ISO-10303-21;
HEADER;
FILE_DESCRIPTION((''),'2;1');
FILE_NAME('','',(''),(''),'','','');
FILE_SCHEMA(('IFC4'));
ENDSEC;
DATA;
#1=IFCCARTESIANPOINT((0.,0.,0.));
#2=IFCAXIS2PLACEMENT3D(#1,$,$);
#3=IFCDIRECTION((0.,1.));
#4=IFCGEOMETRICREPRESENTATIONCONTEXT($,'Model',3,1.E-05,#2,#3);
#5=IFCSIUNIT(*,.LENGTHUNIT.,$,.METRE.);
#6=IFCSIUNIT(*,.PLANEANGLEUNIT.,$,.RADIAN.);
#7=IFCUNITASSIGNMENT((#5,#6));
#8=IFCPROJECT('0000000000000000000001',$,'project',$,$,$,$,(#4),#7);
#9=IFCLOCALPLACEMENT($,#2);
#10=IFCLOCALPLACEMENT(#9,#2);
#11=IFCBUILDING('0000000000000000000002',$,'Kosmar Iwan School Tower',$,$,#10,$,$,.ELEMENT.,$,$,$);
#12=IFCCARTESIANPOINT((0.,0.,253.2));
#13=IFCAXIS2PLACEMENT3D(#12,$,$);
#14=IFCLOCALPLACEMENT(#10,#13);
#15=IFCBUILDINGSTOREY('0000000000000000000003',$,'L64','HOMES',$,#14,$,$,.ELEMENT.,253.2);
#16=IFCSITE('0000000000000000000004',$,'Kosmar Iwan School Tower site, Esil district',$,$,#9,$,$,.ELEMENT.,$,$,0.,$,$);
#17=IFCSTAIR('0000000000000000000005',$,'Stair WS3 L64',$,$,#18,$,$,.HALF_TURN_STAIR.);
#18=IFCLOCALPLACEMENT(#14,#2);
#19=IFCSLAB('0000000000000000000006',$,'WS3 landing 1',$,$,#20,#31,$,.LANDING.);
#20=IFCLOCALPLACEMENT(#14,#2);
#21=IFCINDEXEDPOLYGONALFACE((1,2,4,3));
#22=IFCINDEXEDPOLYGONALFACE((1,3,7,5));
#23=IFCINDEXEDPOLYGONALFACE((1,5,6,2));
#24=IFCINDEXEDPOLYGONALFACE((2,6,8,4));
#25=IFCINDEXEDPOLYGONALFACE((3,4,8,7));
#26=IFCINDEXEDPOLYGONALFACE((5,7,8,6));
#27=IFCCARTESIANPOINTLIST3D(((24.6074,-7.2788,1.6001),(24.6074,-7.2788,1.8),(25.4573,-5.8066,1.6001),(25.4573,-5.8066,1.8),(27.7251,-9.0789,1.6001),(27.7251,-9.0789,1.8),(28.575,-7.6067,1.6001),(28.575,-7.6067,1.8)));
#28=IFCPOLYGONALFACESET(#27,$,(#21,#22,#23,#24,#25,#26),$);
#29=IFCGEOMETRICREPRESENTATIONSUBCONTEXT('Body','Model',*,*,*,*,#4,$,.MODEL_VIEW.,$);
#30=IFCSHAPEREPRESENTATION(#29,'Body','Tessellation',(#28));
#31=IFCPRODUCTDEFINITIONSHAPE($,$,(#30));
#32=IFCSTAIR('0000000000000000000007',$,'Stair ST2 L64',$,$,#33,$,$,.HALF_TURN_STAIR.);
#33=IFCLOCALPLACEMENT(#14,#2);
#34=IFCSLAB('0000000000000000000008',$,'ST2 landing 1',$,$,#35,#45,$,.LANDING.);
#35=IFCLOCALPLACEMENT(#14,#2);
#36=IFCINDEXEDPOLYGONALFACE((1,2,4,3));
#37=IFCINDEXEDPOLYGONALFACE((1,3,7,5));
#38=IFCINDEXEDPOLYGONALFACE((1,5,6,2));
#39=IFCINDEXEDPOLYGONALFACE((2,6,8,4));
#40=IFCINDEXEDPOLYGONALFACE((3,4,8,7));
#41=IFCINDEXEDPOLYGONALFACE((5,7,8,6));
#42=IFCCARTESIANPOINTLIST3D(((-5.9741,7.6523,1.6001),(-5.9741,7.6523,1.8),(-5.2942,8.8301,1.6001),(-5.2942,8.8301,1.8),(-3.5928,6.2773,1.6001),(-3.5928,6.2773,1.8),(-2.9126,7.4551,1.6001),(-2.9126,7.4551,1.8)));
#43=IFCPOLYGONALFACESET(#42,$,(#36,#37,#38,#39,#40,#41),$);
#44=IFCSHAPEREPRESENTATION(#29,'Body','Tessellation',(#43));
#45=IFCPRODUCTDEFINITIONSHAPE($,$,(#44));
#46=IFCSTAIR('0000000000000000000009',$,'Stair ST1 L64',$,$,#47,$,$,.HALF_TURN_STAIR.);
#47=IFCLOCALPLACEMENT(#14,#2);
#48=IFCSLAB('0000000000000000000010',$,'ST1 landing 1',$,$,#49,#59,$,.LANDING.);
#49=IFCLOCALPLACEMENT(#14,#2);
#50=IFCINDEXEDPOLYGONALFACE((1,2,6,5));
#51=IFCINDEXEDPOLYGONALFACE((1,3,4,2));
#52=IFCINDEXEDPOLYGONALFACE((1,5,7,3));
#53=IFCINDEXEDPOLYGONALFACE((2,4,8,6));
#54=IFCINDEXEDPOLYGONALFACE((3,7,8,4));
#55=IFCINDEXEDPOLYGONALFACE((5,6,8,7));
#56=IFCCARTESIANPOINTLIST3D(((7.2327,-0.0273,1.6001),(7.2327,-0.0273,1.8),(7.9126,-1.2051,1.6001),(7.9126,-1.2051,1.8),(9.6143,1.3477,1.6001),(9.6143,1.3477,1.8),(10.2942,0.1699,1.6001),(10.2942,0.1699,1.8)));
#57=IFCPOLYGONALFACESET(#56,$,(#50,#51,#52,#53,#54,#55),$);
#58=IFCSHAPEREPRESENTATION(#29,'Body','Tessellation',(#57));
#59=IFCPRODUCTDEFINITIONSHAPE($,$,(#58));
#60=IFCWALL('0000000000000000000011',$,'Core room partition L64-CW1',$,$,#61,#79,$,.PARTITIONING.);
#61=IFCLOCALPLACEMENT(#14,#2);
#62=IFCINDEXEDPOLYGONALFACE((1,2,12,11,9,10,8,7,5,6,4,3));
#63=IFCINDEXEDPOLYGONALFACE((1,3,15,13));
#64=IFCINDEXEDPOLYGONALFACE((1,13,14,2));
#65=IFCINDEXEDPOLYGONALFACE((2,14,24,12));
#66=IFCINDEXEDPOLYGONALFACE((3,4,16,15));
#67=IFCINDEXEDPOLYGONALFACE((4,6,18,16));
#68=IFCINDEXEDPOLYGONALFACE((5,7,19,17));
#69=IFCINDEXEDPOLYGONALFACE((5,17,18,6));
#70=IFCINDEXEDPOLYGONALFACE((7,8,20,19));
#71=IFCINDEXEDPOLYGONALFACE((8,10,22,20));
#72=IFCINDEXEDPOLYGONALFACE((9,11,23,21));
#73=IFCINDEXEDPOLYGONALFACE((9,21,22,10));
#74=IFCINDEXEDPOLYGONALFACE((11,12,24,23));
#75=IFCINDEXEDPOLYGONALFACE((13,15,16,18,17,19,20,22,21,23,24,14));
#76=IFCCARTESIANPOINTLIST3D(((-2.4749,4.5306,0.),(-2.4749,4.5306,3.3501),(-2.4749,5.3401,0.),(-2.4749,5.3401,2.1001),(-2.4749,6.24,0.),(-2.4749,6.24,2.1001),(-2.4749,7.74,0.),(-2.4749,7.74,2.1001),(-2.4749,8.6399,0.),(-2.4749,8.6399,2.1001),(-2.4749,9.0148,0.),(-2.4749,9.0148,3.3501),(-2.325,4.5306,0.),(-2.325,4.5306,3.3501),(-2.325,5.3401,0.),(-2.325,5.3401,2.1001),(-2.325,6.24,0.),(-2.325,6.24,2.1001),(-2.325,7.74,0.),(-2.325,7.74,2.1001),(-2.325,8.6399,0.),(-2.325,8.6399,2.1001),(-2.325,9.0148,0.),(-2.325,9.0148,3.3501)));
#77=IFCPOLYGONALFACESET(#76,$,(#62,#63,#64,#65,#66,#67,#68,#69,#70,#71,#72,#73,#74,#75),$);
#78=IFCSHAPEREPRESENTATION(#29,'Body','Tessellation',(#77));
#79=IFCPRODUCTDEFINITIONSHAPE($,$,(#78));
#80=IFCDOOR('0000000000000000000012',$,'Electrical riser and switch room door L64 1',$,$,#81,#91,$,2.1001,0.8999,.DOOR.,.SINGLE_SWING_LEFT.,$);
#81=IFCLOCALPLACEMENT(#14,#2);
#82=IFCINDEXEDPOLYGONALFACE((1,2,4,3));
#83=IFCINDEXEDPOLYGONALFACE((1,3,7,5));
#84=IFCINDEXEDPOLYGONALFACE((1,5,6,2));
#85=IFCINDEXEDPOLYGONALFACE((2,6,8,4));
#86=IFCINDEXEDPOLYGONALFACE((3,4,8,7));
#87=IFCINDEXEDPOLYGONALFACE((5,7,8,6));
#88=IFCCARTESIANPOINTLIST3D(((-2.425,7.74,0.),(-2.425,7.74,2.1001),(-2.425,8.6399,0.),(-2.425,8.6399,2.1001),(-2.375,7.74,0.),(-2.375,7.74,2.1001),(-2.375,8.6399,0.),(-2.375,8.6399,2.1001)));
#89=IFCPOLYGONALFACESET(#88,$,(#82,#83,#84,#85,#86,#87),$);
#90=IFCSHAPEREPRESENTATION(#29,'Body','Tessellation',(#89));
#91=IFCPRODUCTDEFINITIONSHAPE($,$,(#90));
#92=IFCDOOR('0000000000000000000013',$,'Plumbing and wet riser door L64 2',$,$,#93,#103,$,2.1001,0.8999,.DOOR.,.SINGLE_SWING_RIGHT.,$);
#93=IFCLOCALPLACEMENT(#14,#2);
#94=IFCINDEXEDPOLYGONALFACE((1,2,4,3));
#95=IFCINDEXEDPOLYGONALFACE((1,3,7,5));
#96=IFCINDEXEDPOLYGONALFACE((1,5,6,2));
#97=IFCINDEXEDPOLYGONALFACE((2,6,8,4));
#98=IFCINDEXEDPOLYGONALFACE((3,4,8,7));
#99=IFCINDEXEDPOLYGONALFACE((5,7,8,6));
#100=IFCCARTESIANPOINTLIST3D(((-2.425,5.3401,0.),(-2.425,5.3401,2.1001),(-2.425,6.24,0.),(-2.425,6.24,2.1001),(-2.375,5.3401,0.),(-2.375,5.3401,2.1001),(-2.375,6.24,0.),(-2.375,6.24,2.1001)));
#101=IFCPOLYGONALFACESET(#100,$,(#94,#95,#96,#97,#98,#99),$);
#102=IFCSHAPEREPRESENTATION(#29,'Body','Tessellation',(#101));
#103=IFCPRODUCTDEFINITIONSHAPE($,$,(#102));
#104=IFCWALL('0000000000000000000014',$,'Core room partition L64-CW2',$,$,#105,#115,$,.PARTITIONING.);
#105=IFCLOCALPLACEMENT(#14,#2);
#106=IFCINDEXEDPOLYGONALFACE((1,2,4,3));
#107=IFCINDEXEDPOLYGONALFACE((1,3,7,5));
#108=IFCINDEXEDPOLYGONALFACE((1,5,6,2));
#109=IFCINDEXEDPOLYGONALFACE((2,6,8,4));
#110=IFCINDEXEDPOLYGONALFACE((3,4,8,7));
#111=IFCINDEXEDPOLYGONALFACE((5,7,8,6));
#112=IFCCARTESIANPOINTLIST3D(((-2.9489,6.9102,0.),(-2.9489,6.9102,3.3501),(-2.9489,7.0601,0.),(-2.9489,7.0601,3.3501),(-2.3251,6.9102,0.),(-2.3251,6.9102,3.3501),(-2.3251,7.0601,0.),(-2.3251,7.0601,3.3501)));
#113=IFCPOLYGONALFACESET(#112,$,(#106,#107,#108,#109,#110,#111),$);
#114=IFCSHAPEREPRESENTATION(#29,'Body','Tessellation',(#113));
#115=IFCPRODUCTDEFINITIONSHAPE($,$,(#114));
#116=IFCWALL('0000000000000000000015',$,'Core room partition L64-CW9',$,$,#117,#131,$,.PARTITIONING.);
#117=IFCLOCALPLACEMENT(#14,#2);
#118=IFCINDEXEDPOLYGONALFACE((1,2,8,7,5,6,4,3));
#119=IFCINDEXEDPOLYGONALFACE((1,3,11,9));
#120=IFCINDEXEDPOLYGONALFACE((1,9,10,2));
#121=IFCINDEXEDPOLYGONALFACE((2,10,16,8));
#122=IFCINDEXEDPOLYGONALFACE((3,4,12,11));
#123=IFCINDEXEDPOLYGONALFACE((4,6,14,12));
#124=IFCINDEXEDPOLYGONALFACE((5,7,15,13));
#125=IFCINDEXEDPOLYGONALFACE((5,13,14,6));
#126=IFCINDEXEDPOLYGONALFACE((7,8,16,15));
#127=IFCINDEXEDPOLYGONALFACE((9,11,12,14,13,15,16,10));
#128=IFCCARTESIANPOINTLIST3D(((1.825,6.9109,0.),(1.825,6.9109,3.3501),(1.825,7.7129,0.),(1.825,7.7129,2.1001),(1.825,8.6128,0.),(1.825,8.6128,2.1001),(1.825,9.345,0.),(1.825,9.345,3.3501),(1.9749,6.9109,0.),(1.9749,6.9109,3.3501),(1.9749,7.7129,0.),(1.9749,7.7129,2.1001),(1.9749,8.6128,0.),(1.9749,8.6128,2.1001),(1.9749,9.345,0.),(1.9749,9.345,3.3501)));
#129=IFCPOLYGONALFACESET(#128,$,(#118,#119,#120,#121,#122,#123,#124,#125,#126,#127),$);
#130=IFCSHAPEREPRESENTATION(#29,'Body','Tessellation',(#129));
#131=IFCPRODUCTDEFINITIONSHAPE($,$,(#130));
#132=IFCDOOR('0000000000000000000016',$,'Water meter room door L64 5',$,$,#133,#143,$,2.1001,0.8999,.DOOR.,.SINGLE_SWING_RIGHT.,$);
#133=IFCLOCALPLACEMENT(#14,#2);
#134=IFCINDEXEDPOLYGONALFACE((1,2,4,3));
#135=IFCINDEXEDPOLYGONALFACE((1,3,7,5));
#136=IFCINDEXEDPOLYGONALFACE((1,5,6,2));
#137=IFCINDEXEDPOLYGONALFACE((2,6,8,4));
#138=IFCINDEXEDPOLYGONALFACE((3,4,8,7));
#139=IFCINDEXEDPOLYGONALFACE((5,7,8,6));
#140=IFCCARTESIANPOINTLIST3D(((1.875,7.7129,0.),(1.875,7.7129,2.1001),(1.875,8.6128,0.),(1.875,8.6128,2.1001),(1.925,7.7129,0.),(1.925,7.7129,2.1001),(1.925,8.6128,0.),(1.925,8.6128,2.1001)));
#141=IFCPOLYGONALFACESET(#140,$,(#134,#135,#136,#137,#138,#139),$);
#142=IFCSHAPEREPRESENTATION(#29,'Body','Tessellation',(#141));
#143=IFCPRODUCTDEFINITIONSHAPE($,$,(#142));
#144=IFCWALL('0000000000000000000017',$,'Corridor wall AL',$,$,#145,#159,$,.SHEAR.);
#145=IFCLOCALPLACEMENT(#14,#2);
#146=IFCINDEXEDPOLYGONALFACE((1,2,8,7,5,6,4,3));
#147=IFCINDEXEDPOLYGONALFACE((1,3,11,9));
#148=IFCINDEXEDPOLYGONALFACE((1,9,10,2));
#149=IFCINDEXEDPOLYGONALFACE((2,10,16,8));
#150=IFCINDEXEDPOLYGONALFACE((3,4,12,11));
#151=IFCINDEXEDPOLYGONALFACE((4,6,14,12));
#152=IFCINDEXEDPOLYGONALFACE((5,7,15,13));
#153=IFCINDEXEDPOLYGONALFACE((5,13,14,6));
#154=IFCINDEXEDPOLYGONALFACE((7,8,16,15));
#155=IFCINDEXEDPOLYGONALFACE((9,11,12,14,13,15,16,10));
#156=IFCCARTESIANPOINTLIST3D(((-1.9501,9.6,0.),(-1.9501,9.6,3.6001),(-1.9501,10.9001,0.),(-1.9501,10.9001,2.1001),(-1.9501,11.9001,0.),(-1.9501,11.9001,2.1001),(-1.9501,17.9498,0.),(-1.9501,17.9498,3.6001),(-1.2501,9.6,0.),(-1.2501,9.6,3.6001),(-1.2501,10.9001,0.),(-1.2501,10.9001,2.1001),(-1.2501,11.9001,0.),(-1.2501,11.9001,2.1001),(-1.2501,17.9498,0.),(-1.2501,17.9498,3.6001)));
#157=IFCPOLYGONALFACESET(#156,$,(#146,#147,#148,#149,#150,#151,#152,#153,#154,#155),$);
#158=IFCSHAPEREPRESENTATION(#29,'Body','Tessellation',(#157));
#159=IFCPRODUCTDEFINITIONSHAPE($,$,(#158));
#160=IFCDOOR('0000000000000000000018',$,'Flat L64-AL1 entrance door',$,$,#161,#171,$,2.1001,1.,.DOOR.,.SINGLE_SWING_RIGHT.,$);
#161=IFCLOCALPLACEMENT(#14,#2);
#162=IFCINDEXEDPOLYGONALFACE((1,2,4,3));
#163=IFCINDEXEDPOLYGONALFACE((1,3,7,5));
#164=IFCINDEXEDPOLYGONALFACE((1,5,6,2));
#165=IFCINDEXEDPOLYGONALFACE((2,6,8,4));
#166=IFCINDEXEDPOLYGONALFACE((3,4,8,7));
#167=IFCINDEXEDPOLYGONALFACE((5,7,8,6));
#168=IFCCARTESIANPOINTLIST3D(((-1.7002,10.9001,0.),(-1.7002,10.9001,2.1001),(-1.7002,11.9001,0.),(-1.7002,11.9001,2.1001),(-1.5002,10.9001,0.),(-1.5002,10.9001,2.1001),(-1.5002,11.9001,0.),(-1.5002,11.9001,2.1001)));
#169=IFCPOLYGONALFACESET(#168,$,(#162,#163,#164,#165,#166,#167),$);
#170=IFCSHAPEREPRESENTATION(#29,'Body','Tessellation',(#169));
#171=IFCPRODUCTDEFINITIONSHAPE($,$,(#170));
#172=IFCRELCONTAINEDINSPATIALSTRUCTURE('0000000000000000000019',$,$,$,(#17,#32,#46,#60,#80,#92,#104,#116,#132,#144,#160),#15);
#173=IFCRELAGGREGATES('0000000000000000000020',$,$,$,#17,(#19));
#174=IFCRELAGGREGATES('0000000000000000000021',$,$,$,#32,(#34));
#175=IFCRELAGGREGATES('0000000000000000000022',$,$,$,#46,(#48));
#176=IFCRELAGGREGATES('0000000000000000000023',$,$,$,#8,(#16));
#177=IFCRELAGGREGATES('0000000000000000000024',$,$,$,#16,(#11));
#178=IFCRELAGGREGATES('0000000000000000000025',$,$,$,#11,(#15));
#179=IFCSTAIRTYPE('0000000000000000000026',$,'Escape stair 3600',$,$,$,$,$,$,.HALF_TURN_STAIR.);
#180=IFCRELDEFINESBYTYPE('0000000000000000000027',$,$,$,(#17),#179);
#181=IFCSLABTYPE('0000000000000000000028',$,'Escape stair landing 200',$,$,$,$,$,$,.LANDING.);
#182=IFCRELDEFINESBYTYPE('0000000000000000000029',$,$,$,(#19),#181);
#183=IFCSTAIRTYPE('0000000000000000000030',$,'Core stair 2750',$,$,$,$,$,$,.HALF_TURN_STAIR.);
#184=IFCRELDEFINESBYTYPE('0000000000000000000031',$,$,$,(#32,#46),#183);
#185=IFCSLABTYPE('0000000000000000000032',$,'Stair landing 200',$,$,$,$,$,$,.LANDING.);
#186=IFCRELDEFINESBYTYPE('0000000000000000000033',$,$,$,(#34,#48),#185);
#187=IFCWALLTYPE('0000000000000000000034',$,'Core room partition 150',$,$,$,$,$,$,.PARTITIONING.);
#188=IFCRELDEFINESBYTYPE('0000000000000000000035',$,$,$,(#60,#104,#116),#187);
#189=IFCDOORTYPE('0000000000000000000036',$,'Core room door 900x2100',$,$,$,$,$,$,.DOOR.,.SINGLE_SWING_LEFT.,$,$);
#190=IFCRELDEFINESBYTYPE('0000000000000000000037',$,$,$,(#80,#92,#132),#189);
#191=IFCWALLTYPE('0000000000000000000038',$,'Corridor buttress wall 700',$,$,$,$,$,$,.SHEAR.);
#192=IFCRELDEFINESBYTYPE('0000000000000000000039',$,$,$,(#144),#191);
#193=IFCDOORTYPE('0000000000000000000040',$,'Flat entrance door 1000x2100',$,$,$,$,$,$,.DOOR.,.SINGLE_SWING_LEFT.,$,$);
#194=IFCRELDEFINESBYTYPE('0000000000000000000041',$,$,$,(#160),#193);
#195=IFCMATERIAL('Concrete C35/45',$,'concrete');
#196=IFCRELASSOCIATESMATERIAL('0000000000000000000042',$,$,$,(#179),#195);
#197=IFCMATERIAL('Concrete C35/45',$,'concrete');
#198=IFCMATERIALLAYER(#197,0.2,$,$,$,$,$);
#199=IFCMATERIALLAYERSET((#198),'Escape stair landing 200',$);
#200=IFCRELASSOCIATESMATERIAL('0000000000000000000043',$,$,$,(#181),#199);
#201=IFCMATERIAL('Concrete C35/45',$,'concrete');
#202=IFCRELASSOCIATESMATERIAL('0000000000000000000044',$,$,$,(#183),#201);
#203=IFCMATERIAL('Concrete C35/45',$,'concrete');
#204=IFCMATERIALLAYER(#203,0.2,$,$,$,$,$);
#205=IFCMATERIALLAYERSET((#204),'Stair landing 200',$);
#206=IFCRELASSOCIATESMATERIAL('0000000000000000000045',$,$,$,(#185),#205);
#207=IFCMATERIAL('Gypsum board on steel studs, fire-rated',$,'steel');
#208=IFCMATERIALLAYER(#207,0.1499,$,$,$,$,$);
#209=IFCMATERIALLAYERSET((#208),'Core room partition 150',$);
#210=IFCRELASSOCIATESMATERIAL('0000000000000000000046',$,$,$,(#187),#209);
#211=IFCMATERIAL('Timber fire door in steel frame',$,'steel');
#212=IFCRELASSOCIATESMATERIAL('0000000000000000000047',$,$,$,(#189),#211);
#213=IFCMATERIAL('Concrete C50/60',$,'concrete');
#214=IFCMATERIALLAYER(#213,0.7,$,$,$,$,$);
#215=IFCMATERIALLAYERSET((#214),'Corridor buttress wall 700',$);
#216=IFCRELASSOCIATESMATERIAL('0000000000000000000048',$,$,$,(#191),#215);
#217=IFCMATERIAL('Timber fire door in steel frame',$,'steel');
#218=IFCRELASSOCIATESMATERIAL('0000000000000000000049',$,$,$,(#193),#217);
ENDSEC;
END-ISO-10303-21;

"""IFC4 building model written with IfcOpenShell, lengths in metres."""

from ifc_helpers import new_model, si_unit, direction, frame, frame_2d, origin, place, context, subcontext, project, spatial, polyline, rectangle, outline, extrude, material, layer, layer_set, type_object, element, fill, aggregate, save


model = new_model("IFC4")

# Units and contexts
model_context = context("Model", 3, precision=1e-05, world=origin(), true_north=direction((0.0, 1.0)))
body_context = subcontext(model_context, "Body", "Model", "MODEL_VIEW")
ifc_project = project(units=[si_unit("LENGTHUNIT", "METRE"), si_unit("PLANEANGLEUNIT", "RADIAN")], contexts=[model_context])

# Site, building, storey
site_placement = place(None, origin())
site = spatial("IfcSite", under=ifc_project, at=site_placement, Name="Kosmar Iwan School Tower site, Esil district", CompositionType="ELEMENT", RefElevation=0.0)
building_placement = place(site_placement, origin())
building = spatial("IfcBuilding", under=site, at=building_placement, Name="Kosmar Iwan School Tower", CompositionType="ELEMENT")
storey_placement = place(building_placement, frame((0.0, 0.0, 253.2)))
storey = spatial("IfcBuildingStorey", under=building, at=storey_placement, Name="L64", Description="HOMES", CompositionType="ELEMENT", Elevation=253.2)

# Stairs, slabs
ifc_material_1 = material(Name="Concrete C35/45", Category="concrete")
stair_type_1 = type_object("IfcStairType", Name="Escape stair 3600", PredefinedType="HALF_TURN_STAIR", material=ifc_material_1)
stair_1_placement = place(storey_placement, origin())
stair_1 = element("IfcStair", 1, at=stair_1_placement, inside=storey, type_object=stair_type_1, Name="Stair WS3 L64", PredefinedType="HALF_TURN_STAIR")
ifc_material_2 = material(Name="Concrete C35/45", Category="concrete")
ifc_layer_1 = layer(ifc_material_2, 0.2)
ifc_layer_set_1 = layer_set([ifc_layer_1], Name="Escape stair landing 200")
slab_type_1 = type_object("IfcSlabType", Name="Escape stair landing 200", PredefinedType="LANDING", material=ifc_layer_set_1)
slab_1_placement = place(storey_placement, frame((0.0, 0.0, 1.6001)))
slab_1 = element("IfcSlab", 2, at=slab_1_placement, type_object=slab_type_1, Name="WS3 landing 1", PredefinedType="LANDING", context=body_context, shape_type="SweptSolid", body=[
    extrude(outline(polyline([(24.6074, -7.2788), (27.7251, -9.0789), (28.575, -7.6067), (25.4573, -5.8066), (24.6074, -7.2788)])), origin(), (0.0, 0.0, 1.0), 0.2),
])
aggregate(stair_1, [slab_1])
ifc_material_3 = material(Name="Concrete C35/45", Category="concrete")
stair_type_2 = type_object("IfcStairType", Name="Core stair 2750", PredefinedType="HALF_TURN_STAIR", material=ifc_material_3)
stair_2_placement = place(storey_placement, origin())
stair_2 = element("IfcStair", 3, at=stair_2_placement, inside=storey, type_object=stair_type_2, Name="Stair ST2 L64", PredefinedType="HALF_TURN_STAIR")
ifc_material_4 = material(Name="Concrete C35/45", Category="concrete")
ifc_layer_2 = layer(ifc_material_4, 0.2)
ifc_layer_set_2 = layer_set([ifc_layer_2], Name="Stair landing 200")
slab_type_2 = type_object("IfcSlabType", Name="Stair landing 200", PredefinedType="LANDING", material=ifc_layer_set_2)
slab_2_placement = place(storey_placement, frame((0.0, 0.0, 1.6001)))
slab_2 = element("IfcSlab", 4, at=slab_2_placement, type_object=slab_type_2, Name="ST2 landing 1", PredefinedType="LANDING", context=body_context, shape_type="SweptSolid", body=[
    extrude(outline(polyline([(-2.9126, 7.4551), (-5.2942, 8.8301), (-5.9741, 7.6523), (-3.5928, 6.2773), (-2.9126, 7.4551)])), origin(), (0.0, 0.0, 1.0), 0.2),
])
aggregate(stair_2, [slab_2])
stair_3_placement = place(storey_placement, origin())
stair_3 = element("IfcStair", 5, at=stair_3_placement, inside=storey, type_object=stair_type_2, Name="Stair ST1 L64", PredefinedType="HALF_TURN_STAIR")
slab_3_placement = place(storey_placement, frame((0.0, 0.0, 1.6001)))
slab_3 = element("IfcSlab", 6, at=slab_3_placement, type_object=slab_type_2, Name="ST1 landing 1", PredefinedType="LANDING", context=body_context, shape_type="SweptSolid", body=[
    extrude(outline(polyline([(7.9126, -1.2051), (10.2942, 0.1699), (9.6143, 1.3477), (7.2327, -0.0273), (7.9126, -1.2051)])), origin(), (0.0, 0.0, 1.0), 0.2),
])
aggregate(stair_3, [slab_3])

# Wall, openings, doors
ifc_material_5 = material(Name="Gypsum board on steel studs, fire-rated", Category="steel")
ifc_layer_3 = layer(ifc_material_5, 0.1499)
ifc_layer_set_3 = layer_set([ifc_layer_3], Name="Core room partition 150")
wall_type_1 = type_object("IfcWallType", Name="Core room partition 150", PredefinedType="PARTITIONING", material=ifc_layer_set_3)
wall_1_placement = place(storey_placement, frame((-2.3999, 9.0149, 0.0), z_axis=(0.0, 0.0, 1.0), x_axis=(0.0, -1.0, 0.0)))
wall_1 = element("IfcWall", 7, at=wall_1_placement, inside=storey, type_object=wall_type_1, Name="Core room partition L64-CW1", PredefinedType="PARTITIONING", context=body_context, shape_type="SweptSolid", body=[
    extrude(rectangle(XDim=4.4841, YDim=0.1499, at=frame_2d((2.2422, 0.0))), origin(), (0.0, 0.0, 1.0), 3.3501),
])
opening_1_placement = place(wall_1_placement, frame((0.375, 0.0, 0.0)))
opening_1 = element("IfcOpeningElement", 8, at=opening_1_placement, cuts=wall_1, PredefinedType="OPENING", context=body_context, shape_type="SweptSolid", body=[
    extrude(rectangle(XDim=0.8999, YDim=2.1001, at=frame_2d((0.45, 1.05))), frame((0.0, 0.0869, 0.0), z_axis=(0.0, -1.0, 0.0), x_axis=(1.0, 0.0, 0.0)), (0.0, 0.0, 1.0), 0.1738),
])
opening_2_placement = place(wall_1_placement, frame((2.7749, 0.0, 0.0)))
opening_2 = element("IfcOpeningElement", 9, at=opening_2_placement, cuts=wall_1, PredefinedType="OPENING", context=body_context, shape_type="SweptSolid", body=[
    extrude(rectangle(XDim=0.8999, YDim=2.1001, at=frame_2d((0.45, 1.05))), frame((0.0, 0.0869, 0.0), z_axis=(0.0, -1.0, 0.0), x_axis=(1.0, 0.0, 0.0)), (0.0, 0.0, 1.0), 0.1738),
])
ifc_material_6 = material(Name="Timber fire door in steel frame", Category="steel")
door_type_1 = type_object("IfcDoorType", Name="Core room door 900x2100", OperationType="SINGLE_SWING_LEFT", PredefinedType="DOOR", material=ifc_material_6)
door_1_placement = place(opening_1_placement, origin())
door_1 = element("IfcDoor", 10, at=door_1_placement, inside=storey, type_object=door_type_1, Name="Electrical riser and switch room door L64 1", OperationType="SINGLE_SWING_LEFT", OverallHeight=2.1001, OverallWidth=0.8999, PredefinedType="DOOR", context=body_context, shape_type="SweptSolid", body=[
    extrude(rectangle(XDim=0.8999, YDim=2.1001, at=frame_2d((0.45, 1.05))), frame((0.0, 0.0249, 0.0), z_axis=(0.0, -1.0, 0.0), x_axis=(1.0, 0.0, 0.0)), (0.0, 0.0, 1.0), 0.05),
])
fill(opening_1, door_1)
door_2_placement = place(opening_2_placement, origin())
door_2 = element("IfcDoor", 11, at=door_2_placement, inside=storey, type_object=door_type_1, Name="Plumbing and wet riser door L64 2", OperationType="SINGLE_SWING_RIGHT", OverallHeight=2.1001, OverallWidth=0.8999, PredefinedType="DOOR", context=body_context, shape_type="SweptSolid", body=[
    extrude(rectangle(XDim=0.8999, YDim=2.1001, at=frame_2d((0.45, 1.05))), frame((0.0, 0.0249, 0.0), z_axis=(0.0, -1.0, 0.0), x_axis=(1.0, 0.0, 0.0)), (0.0, 0.0, 1.0), 0.05),
])
fill(opening_2, door_2)

# Wall
wall_2_placement = place(storey_placement, frame((-2.325, 6.9851, 0.0), z_axis=(0.0, 0.0, 1.0), x_axis=(-1.0, 0.0, 0.0)))
element("IfcWall", 12, at=wall_2_placement, inside=storey, type_object=wall_type_1, Name="Core room partition L64-CW2", PredefinedType="PARTITIONING", context=body_context, shape_type="SweptSolid", body=[
    extrude(rectangle(XDim=0.6238, YDim=0.1499, at=frame_2d((0.312, 0.0))), origin(), (0.0, 0.0, 1.0), 3.3501),
])

# Walls, openings, doors
wall_3_placement = place(storey_placement, frame((1.8999, 6.9109, 0.0), z_axis=(0.0, 0.0, 1.0), x_axis=(0.0, 1.0, 0.0)))
wall_3 = element("IfcWall", 13, at=wall_3_placement, inside=storey, type_object=wall_type_1, Name="Core room partition L64-CW9", PredefinedType="PARTITIONING", context=body_context, shape_type="SweptSolid", body=[
    extrude(rectangle(XDim=2.4341, YDim=0.1499, at=frame_2d((1.217, 0.0))), origin(), (0.0, 0.0, 1.0), 3.3501),
])
opening_3_placement = place(wall_3_placement, frame((0.802, 0.0, 0.0)))
opening_3 = element("IfcOpeningElement", 14, at=opening_3_placement, cuts=wall_3, PredefinedType="OPENING", context=body_context, shape_type="SweptSolid", body=[
    extrude(rectangle(XDim=0.8999, YDim=2.1001, at=frame_2d((0.45, 1.05))), frame((0.0, 0.0869, 0.0), z_axis=(0.0, -1.0, 0.0), x_axis=(1.0, 0.0, 0.0)), (0.0, 0.0, 1.0), 0.1738),
])
door_3_placement = place(opening_3_placement, origin())
door_3 = element("IfcDoor", 15, at=door_3_placement, inside=storey, type_object=door_type_1, Name="Water meter room door L64 5", OperationType="SINGLE_SWING_RIGHT", OverallHeight=2.1001, OverallWidth=0.8999, PredefinedType="DOOR", context=body_context, shape_type="SweptSolid", body=[
    extrude(rectangle(XDim=0.8999, YDim=2.1001, at=frame_2d((0.45, 1.05))), frame((0.0, 0.0249, 0.0), z_axis=(0.0, -1.0, 0.0), x_axis=(1.0, 0.0, 0.0)), (0.0, 0.0, 1.0), 0.05),
])
fill(opening_3, door_3)
ifc_material_7 = material(Name="Concrete C50/60", Category="concrete")
ifc_layer_4 = layer(ifc_material_7, 0.7)
ifc_layer_set_4 = layer_set([ifc_layer_4], Name="Corridor buttress wall 700")
wall_type_2 = type_object("IfcWallType", Name="Corridor buttress wall 700", PredefinedType="SHEAR", material=ifc_layer_set_4)
wall_4_placement = place(storey_placement, frame((-1.6001, 9.6001, 0.0), z_axis=(0.0, 0.0, 1.0), x_axis=(0.0, 1.0, 0.0)))
wall_4 = element("IfcWall", 16, at=wall_4_placement, inside=storey, type_object=wall_type_2, Name="Corridor wall AL", PredefinedType="SHEAR", context=body_context, shape_type="SweptSolid", body=[
    extrude(rectangle(XDim=8.3499, YDim=0.7, at=frame_2d((4.1748, 0.0))), origin(), (0.0, 0.0, 1.0), 3.6001),
])
opening_4_placement = place(wall_4_placement, frame((1.3, 0.0, 0.0)))
opening_4 = element("IfcOpeningElement", 17, at=opening_4_placement, cuts=wall_4, PredefinedType="OPENING", context=body_context, shape_type="SweptSolid", body=[
    extrude(rectangle(XDim=1.0, YDim=2.1001, at=frame_2d((0.5, 1.05))), frame((0.0, 0.3621, 0.0), z_axis=(0.0, -1.0, 0.0), x_axis=(1.0, 0.0, 0.0)), (0.0, 0.0, 1.0), 0.7239),
])
ifc_material_8 = material(Name="Timber fire door in steel frame", Category="steel")
door_type_2 = type_object("IfcDoorType", Name="Flat entrance door 1000x2100", OperationType="SINGLE_SWING_LEFT", PredefinedType="DOOR", material=ifc_material_8)
door_4_placement = place(opening_4_placement, origin())
door_4 = element("IfcDoor", 18, at=door_4_placement, inside=storey, type_object=door_type_2, Name="Flat L64-AL1 entrance door", OperationType="SINGLE_SWING_RIGHT", OverallHeight=2.1001, OverallWidth=1.0, PredefinedType="DOOR", context=body_context, shape_type="SweptSolid", body=[
    extrude(rectangle(XDim=1.0, YDim=2.1001, at=frame_2d((0.5, 1.05))), frame((0.0, 0.1001, 0.0), z_axis=(0.0, -1.0, 0.0), x_axis=(1.0, 0.0, 0.0)), (0.0, 0.0, 1.0), 0.2),
])
fill(opening_4, door_4)

save(model, "model.ifc")
